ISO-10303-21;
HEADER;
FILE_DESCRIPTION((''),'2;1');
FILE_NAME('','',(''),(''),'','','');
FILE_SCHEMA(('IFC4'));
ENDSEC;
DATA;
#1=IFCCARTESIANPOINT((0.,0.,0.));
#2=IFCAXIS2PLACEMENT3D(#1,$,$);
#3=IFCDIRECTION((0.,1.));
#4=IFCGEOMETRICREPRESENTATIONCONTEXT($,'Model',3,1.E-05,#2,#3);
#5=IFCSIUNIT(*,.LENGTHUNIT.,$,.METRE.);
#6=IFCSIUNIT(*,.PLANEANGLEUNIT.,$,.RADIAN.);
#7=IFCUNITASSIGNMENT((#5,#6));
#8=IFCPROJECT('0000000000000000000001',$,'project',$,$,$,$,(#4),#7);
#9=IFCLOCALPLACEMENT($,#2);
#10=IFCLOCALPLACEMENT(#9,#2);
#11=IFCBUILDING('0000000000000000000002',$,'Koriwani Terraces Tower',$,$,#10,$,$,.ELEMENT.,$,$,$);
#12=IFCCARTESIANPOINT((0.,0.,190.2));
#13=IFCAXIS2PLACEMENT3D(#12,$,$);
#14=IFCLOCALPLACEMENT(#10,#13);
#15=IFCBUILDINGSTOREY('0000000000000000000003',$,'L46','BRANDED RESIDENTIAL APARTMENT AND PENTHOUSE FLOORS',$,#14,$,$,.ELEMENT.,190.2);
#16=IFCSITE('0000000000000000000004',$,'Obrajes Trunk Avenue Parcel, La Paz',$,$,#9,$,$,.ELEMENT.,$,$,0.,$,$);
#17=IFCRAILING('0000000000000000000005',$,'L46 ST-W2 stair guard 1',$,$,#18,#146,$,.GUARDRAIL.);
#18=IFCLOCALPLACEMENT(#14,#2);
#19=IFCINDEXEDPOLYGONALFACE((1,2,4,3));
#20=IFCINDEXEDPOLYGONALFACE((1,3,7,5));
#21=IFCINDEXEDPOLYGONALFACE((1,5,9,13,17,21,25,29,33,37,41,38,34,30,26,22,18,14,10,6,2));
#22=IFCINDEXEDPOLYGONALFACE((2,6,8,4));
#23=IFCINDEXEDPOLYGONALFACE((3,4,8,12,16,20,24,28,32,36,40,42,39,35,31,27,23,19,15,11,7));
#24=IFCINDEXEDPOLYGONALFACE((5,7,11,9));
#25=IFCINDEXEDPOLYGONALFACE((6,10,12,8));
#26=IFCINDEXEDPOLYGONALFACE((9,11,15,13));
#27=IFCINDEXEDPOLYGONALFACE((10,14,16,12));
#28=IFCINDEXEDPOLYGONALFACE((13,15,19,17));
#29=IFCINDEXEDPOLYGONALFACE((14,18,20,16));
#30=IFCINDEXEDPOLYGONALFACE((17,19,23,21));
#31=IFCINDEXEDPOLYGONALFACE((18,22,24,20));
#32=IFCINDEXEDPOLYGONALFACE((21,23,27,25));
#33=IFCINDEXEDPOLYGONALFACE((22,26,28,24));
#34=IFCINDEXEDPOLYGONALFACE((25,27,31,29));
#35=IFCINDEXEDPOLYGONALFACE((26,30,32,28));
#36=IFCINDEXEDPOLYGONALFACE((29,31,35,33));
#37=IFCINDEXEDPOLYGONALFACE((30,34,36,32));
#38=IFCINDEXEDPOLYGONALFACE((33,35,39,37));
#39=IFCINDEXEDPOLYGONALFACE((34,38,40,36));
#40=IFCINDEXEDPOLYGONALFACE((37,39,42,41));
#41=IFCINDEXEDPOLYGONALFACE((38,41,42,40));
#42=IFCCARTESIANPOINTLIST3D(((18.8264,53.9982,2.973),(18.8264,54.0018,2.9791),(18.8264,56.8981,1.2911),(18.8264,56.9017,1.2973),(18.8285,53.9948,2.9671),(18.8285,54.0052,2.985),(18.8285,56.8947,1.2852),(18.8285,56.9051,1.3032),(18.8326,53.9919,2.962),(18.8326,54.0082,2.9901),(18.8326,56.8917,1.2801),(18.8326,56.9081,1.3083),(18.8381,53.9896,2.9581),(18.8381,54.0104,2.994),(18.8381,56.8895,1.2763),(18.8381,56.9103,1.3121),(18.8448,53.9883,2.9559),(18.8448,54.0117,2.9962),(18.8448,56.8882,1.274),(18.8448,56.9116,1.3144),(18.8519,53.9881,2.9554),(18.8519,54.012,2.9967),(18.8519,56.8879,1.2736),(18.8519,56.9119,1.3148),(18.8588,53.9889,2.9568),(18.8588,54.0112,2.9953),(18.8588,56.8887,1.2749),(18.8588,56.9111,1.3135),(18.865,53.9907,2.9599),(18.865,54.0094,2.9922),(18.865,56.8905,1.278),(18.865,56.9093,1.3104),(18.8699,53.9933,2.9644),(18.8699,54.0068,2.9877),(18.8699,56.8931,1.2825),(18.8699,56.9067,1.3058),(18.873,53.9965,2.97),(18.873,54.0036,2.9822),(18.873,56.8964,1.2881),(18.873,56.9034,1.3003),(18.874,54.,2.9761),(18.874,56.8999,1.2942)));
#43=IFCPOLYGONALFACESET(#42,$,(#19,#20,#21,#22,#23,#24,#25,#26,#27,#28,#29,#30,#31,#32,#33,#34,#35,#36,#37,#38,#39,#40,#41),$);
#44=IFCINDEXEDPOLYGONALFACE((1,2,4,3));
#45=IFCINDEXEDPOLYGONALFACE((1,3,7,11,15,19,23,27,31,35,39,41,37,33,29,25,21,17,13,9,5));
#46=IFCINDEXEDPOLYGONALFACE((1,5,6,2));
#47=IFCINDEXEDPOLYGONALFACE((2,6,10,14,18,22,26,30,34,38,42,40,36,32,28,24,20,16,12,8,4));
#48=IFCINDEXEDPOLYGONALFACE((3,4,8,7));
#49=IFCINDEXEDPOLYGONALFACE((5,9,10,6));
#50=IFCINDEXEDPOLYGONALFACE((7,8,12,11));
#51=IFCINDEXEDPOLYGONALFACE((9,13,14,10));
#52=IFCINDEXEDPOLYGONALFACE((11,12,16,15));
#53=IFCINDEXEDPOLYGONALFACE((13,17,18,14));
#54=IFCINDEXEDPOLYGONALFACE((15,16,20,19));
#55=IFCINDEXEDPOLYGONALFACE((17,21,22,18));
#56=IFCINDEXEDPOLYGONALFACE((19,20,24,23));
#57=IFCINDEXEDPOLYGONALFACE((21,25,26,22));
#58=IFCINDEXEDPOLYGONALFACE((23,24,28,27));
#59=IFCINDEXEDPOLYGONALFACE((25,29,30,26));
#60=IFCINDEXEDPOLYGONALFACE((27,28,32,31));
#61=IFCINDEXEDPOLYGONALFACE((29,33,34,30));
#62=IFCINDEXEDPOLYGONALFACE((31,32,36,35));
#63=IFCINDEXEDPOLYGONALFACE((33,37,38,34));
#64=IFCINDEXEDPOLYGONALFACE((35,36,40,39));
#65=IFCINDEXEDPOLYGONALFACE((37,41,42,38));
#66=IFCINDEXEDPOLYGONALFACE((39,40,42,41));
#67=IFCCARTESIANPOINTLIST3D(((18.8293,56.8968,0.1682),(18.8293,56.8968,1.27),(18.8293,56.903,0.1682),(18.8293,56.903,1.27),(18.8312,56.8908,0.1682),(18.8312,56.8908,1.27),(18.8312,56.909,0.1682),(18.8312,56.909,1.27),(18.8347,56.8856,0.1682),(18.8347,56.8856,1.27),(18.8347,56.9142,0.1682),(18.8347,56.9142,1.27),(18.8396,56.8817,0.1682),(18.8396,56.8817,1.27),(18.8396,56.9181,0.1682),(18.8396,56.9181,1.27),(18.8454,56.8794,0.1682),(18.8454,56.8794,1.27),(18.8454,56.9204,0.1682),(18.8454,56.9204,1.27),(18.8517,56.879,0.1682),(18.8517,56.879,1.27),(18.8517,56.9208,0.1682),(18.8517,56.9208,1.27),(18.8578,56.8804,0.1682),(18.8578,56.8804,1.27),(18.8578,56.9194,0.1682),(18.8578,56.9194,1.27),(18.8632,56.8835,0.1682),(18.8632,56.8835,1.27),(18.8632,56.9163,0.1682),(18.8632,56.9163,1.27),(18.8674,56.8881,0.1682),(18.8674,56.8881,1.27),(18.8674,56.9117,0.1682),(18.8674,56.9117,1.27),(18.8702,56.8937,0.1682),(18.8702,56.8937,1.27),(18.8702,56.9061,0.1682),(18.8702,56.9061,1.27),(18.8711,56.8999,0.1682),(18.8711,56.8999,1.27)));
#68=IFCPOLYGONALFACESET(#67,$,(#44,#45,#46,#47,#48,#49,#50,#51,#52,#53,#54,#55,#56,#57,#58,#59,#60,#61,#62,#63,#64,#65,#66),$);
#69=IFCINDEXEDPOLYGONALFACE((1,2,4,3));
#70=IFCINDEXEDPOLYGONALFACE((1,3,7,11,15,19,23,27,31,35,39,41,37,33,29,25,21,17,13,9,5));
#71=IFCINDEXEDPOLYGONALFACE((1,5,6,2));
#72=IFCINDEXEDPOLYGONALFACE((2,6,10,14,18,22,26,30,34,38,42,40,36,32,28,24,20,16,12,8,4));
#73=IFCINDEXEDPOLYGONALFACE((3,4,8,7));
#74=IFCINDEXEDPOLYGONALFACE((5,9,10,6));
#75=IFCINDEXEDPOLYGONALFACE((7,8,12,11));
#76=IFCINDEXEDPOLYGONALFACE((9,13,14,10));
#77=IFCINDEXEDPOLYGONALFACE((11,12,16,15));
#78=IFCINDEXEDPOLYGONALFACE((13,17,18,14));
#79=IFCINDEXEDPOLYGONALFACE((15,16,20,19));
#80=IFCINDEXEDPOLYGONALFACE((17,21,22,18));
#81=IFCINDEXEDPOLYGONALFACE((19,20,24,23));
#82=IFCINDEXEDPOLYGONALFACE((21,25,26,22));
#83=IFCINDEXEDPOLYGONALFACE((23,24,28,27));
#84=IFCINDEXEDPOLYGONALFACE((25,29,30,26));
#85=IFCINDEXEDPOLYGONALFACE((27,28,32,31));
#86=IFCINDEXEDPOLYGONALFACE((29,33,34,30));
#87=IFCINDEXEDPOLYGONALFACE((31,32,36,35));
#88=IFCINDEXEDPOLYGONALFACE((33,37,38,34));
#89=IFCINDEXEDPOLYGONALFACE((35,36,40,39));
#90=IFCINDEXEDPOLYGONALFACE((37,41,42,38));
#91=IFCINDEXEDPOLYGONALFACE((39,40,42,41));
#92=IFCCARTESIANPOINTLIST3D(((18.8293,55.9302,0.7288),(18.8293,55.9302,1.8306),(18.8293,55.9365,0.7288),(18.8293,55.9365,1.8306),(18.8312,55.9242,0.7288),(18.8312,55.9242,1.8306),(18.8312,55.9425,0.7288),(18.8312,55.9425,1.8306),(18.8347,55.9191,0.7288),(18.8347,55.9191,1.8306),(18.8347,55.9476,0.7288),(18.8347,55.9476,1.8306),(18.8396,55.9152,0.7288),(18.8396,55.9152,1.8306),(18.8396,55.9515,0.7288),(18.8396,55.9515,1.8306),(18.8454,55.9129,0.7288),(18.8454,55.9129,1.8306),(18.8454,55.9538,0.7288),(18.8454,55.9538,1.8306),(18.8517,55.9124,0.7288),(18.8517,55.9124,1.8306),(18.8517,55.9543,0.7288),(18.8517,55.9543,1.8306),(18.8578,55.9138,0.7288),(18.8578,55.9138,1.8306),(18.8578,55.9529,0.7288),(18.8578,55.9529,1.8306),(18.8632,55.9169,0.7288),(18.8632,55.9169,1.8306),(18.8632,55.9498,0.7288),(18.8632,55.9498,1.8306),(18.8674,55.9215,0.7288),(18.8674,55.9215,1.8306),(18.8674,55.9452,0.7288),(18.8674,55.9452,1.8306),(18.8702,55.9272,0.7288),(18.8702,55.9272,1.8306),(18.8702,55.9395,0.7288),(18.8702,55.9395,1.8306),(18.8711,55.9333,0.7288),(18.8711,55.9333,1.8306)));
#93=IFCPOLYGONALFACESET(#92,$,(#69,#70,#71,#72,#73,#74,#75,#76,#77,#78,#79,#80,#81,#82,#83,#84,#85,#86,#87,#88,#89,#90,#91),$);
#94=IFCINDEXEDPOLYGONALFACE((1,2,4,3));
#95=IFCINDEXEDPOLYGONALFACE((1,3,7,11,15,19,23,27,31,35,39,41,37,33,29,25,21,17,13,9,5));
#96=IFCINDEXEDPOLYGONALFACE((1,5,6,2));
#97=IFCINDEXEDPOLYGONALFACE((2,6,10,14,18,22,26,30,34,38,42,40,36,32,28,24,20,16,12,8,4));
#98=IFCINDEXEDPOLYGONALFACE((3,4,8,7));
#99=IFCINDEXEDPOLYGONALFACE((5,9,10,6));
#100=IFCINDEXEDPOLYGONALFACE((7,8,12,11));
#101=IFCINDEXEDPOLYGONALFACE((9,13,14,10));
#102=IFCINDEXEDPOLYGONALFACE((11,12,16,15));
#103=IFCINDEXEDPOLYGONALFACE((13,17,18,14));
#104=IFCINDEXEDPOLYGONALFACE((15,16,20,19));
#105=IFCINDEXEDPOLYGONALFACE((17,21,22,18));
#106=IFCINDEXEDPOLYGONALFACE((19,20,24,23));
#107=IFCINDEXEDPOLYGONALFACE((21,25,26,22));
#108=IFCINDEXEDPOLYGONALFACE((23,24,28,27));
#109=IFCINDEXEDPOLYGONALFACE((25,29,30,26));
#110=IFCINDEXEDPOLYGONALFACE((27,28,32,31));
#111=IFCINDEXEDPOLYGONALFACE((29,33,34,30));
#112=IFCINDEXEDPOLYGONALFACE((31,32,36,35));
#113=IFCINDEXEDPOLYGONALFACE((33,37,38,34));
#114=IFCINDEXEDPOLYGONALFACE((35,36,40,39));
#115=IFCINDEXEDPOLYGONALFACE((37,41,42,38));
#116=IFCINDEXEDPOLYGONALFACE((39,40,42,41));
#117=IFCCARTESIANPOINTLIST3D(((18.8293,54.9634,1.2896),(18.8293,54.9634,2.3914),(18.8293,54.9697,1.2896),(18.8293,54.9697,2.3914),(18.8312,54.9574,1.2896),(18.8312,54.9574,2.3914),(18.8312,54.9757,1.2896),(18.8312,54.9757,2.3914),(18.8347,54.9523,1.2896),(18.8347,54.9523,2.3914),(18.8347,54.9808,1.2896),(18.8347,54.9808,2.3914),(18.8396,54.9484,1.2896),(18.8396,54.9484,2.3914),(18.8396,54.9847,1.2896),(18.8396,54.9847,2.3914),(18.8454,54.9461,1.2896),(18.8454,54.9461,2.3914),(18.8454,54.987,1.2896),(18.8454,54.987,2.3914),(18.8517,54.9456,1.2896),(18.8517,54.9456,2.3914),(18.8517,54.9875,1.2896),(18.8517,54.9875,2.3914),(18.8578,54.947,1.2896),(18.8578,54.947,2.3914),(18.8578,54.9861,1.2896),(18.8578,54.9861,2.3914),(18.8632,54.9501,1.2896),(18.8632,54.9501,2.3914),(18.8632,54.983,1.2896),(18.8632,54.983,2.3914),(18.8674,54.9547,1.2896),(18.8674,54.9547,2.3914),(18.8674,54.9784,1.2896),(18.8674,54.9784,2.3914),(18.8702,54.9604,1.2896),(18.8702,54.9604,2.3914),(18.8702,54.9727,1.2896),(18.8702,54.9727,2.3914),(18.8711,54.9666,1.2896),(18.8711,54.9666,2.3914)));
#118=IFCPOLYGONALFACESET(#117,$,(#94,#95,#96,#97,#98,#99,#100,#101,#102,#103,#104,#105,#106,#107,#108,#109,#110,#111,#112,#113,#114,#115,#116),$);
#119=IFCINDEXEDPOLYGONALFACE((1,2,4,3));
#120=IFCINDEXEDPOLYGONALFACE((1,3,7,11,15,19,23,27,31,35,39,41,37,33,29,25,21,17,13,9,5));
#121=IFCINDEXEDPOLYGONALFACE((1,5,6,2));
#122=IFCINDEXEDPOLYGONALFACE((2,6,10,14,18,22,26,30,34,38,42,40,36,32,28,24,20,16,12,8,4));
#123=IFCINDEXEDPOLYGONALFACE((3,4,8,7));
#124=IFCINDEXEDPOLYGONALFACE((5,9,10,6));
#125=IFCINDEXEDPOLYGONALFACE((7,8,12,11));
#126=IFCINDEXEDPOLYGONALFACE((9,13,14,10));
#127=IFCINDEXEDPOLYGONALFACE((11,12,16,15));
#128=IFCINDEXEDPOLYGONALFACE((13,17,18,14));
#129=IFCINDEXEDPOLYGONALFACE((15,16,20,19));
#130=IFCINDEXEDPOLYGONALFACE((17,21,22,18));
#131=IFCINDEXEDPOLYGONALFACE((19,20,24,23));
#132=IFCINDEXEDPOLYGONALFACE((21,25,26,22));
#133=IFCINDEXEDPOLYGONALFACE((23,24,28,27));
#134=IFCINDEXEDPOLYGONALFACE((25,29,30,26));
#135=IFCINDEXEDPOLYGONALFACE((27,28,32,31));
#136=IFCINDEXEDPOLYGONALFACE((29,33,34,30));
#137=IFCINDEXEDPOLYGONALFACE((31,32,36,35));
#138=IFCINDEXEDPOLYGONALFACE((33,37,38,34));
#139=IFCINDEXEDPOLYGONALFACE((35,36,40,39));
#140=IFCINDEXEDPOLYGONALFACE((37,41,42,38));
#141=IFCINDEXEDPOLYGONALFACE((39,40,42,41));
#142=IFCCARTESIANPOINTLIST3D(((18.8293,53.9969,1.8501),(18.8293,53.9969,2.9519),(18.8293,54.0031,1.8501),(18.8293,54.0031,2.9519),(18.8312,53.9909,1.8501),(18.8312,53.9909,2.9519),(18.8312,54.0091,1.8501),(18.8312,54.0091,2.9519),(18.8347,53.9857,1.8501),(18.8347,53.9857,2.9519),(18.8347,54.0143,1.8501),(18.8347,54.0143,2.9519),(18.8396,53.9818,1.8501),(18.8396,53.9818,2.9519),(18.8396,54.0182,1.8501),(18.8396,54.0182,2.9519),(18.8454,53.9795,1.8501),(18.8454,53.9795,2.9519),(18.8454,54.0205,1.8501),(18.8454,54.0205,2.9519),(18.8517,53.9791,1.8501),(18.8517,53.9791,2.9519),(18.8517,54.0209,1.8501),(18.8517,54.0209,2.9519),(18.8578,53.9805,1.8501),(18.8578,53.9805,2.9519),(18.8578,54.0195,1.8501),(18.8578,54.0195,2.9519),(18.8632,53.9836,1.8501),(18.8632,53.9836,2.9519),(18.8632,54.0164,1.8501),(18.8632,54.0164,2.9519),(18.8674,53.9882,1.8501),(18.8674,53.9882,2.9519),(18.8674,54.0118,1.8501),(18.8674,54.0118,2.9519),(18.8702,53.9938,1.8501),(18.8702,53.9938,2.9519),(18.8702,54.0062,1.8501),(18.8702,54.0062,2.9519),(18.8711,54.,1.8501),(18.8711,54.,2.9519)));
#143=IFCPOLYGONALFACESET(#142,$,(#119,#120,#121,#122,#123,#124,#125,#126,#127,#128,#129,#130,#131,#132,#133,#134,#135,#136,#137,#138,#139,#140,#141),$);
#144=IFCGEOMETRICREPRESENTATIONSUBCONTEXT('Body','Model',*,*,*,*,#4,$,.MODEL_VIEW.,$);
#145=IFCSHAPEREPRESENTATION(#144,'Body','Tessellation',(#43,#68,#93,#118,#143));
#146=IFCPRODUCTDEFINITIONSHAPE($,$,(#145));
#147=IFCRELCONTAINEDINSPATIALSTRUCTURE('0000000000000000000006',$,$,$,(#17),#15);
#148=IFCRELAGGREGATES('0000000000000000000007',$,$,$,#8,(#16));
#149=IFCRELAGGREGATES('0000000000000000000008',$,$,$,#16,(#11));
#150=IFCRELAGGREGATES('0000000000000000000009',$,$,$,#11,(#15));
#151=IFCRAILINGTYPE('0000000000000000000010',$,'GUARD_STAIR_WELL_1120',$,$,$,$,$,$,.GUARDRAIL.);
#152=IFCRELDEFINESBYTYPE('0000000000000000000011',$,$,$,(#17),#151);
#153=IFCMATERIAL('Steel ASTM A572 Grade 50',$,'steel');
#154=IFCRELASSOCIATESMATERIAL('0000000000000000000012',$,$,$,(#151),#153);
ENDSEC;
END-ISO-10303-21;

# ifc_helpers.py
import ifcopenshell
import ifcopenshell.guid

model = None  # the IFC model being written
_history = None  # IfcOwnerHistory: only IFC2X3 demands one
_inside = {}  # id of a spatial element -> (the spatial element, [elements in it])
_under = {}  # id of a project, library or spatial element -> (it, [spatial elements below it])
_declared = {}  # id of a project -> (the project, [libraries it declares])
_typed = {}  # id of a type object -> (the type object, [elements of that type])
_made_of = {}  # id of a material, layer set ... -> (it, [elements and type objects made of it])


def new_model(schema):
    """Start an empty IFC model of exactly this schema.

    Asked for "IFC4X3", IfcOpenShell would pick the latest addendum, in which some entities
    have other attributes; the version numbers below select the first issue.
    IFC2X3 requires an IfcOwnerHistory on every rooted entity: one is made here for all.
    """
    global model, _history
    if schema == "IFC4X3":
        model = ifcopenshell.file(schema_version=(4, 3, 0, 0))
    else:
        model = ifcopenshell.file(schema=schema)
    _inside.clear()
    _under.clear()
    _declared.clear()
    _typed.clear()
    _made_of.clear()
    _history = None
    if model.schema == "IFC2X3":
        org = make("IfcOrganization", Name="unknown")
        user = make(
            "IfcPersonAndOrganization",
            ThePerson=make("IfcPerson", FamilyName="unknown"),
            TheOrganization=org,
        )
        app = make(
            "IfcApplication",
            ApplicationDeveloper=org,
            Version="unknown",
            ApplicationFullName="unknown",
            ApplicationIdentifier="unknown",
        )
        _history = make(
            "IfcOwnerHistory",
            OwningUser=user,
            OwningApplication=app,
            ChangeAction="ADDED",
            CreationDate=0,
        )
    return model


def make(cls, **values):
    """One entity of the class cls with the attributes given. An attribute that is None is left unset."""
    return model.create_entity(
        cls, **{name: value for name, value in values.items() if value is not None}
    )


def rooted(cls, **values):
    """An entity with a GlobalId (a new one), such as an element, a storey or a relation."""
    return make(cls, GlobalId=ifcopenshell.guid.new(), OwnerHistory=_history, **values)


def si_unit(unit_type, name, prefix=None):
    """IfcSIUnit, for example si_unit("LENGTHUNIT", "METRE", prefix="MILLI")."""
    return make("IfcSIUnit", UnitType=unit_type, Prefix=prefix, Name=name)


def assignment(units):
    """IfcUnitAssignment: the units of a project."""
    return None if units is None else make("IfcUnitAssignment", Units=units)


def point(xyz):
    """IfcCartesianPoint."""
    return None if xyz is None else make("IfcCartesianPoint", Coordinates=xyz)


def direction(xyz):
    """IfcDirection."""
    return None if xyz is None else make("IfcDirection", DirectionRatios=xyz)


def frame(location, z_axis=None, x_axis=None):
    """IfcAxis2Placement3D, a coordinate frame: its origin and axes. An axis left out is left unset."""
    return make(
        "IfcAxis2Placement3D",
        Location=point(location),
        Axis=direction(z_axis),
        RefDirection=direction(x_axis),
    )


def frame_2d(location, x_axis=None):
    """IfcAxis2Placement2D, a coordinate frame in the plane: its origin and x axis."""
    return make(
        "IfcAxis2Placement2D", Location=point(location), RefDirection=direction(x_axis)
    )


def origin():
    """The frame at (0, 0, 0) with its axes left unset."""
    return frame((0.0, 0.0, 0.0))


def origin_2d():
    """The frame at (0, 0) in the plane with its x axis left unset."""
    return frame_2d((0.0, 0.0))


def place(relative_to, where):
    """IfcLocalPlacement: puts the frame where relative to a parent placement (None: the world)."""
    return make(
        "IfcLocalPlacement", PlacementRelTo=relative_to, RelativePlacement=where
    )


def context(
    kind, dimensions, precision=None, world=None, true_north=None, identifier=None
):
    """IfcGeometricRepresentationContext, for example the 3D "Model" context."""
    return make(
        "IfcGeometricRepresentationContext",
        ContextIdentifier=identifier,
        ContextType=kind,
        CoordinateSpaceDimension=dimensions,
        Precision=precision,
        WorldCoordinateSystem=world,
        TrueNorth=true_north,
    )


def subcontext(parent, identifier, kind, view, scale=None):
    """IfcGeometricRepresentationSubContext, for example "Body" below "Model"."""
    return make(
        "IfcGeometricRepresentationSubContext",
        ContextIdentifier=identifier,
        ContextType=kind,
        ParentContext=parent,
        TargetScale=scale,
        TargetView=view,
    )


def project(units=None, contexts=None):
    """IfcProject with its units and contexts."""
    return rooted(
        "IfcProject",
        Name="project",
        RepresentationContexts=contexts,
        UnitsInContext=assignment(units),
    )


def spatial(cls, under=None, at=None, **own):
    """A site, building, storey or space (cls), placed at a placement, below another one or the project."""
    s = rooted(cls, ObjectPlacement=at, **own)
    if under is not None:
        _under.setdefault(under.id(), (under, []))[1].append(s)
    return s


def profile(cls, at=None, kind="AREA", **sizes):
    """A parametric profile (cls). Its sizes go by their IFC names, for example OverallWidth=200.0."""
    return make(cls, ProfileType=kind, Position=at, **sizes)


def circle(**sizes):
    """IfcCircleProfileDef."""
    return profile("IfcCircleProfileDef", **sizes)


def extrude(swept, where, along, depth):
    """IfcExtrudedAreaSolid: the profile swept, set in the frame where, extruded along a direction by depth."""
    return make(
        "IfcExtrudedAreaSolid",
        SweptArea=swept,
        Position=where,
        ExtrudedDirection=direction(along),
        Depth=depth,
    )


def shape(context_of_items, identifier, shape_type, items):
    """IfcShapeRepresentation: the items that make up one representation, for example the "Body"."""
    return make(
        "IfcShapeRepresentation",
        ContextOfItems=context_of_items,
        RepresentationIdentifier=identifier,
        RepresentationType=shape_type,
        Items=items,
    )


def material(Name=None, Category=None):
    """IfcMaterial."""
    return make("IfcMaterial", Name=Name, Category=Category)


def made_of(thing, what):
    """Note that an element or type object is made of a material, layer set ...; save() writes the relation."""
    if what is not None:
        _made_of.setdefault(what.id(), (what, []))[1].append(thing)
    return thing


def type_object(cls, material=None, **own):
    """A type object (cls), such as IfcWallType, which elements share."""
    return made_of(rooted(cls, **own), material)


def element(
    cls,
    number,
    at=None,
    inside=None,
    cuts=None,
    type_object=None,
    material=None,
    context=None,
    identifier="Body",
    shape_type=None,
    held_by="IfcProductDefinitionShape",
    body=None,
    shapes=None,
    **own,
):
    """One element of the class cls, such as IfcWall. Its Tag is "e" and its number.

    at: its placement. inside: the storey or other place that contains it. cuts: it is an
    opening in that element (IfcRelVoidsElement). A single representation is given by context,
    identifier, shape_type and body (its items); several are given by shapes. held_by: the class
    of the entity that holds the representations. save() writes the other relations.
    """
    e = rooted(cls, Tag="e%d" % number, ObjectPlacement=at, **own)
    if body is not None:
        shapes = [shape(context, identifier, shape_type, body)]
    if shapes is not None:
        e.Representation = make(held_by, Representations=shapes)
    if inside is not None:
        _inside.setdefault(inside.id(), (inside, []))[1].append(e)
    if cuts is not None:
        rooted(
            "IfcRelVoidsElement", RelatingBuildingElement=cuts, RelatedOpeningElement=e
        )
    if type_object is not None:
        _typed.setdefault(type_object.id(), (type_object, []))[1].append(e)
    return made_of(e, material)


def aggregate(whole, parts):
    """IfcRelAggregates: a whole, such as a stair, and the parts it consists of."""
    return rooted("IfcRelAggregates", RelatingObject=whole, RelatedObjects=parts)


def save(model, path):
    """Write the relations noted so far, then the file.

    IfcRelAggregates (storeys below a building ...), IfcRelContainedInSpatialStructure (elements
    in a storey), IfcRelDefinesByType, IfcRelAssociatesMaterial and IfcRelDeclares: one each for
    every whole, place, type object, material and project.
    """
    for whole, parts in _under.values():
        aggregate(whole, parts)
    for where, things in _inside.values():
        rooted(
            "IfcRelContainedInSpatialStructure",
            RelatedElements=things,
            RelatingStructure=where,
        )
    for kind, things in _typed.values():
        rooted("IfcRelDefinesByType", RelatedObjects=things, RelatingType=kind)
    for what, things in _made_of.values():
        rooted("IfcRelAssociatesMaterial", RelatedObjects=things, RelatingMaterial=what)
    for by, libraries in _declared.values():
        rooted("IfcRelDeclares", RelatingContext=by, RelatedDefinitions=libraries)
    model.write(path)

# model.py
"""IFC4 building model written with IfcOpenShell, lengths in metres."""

from ifc_helpers import new_model, si_unit, direction, frame, origin, origin_2d, place, context, subcontext, project, spatial, circle, extrude, material, type_object, element, save


model = new_model("IFC4")

# Units and contexts
model_context = context("Model", 3, precision=1e-05, world=origin(), true_north=direction((0.0, 1.0)))
body_context = subcontext(model_context, "Body", "Model", "MODEL_VIEW")
ifc_project = project(units=[si_unit("LENGTHUNIT", "METRE"), si_unit("PLANEANGLEUNIT", "RADIAN")], contexts=[model_context])

# Site, building, storey
site_placement = place(None, origin())
site = spatial("IfcSite", under=ifc_project, at=site_placement, Name="Obrajes Trunk Avenue Parcel, La Paz", CompositionType="ELEMENT", RefElevation=0.0)
building_placement = place(site_placement, origin())
building = spatial("IfcBuilding", under=site, at=building_placement, Name="Koriwani Terraces Tower", CompositionType="ELEMENT")
storey_placement = place(building_placement, frame((0.0, 0.0, 190.2)))
storey = spatial("IfcBuildingStorey", under=building, at=storey_placement, Name="L46", Description="BRANDED RESIDENTIAL APARTMENT AND PENTHOUSE FLOORS", CompositionType="ELEMENT", Elevation=190.2)

# Shared definitions
ifc_material_1 = material(Name="Steel ASTM A572 Grade 50", Category="steel")

# Railing
railing_type_1 = type_object("IfcRailingType", Name="GUARD_STAIR_WELL_1120", PredefinedType="GUARDRAIL", material=ifc_material_1)
railing_1_placement = place(storey_placement, frame((18.8501, 56.8999, 0.1682)))
element("IfcRailing", 1, at=railing_1_placement, inside=storey, type_object=railing_type_1, Name="L46 ST-W2 stair guard 1", PredefinedType="GUARDRAIL", context=body_context, shape_type="SweptSolid", body=[
    extrude(circle(Radius=0.0239, at=origin_2d()), frame((0.0, 0.0, 1.126), z_axis=(0.0, -0.865039, 0.501705), x_axis=(1.0, 0.0, 0.0)), (0.0, 0.0, 1.0), 3.3523),
    extrude(circle(Radius=0.021, at=origin_2d()), origin(), (0.0, 0.0, 1.0), 1.1018),
    extrude(circle(Radius=0.021, at=origin_2d()), frame((0.0, -0.9666, 0.5605)), (0.0, 0.0, 1.0), 1.1018),
    extrude(circle(Radius=0.021, at=origin_2d()), frame((0.0, -1.9333, 1.1213)), (0.0, 0.0, 1.0), 1.1018),
    extrude(circle(Radius=0.021, at=origin_2d()), frame((0.0, -2.8999, 1.6819)), (0.0, 0.0, 1.0), 1.1018),
])

save(model, "model.ifc")
